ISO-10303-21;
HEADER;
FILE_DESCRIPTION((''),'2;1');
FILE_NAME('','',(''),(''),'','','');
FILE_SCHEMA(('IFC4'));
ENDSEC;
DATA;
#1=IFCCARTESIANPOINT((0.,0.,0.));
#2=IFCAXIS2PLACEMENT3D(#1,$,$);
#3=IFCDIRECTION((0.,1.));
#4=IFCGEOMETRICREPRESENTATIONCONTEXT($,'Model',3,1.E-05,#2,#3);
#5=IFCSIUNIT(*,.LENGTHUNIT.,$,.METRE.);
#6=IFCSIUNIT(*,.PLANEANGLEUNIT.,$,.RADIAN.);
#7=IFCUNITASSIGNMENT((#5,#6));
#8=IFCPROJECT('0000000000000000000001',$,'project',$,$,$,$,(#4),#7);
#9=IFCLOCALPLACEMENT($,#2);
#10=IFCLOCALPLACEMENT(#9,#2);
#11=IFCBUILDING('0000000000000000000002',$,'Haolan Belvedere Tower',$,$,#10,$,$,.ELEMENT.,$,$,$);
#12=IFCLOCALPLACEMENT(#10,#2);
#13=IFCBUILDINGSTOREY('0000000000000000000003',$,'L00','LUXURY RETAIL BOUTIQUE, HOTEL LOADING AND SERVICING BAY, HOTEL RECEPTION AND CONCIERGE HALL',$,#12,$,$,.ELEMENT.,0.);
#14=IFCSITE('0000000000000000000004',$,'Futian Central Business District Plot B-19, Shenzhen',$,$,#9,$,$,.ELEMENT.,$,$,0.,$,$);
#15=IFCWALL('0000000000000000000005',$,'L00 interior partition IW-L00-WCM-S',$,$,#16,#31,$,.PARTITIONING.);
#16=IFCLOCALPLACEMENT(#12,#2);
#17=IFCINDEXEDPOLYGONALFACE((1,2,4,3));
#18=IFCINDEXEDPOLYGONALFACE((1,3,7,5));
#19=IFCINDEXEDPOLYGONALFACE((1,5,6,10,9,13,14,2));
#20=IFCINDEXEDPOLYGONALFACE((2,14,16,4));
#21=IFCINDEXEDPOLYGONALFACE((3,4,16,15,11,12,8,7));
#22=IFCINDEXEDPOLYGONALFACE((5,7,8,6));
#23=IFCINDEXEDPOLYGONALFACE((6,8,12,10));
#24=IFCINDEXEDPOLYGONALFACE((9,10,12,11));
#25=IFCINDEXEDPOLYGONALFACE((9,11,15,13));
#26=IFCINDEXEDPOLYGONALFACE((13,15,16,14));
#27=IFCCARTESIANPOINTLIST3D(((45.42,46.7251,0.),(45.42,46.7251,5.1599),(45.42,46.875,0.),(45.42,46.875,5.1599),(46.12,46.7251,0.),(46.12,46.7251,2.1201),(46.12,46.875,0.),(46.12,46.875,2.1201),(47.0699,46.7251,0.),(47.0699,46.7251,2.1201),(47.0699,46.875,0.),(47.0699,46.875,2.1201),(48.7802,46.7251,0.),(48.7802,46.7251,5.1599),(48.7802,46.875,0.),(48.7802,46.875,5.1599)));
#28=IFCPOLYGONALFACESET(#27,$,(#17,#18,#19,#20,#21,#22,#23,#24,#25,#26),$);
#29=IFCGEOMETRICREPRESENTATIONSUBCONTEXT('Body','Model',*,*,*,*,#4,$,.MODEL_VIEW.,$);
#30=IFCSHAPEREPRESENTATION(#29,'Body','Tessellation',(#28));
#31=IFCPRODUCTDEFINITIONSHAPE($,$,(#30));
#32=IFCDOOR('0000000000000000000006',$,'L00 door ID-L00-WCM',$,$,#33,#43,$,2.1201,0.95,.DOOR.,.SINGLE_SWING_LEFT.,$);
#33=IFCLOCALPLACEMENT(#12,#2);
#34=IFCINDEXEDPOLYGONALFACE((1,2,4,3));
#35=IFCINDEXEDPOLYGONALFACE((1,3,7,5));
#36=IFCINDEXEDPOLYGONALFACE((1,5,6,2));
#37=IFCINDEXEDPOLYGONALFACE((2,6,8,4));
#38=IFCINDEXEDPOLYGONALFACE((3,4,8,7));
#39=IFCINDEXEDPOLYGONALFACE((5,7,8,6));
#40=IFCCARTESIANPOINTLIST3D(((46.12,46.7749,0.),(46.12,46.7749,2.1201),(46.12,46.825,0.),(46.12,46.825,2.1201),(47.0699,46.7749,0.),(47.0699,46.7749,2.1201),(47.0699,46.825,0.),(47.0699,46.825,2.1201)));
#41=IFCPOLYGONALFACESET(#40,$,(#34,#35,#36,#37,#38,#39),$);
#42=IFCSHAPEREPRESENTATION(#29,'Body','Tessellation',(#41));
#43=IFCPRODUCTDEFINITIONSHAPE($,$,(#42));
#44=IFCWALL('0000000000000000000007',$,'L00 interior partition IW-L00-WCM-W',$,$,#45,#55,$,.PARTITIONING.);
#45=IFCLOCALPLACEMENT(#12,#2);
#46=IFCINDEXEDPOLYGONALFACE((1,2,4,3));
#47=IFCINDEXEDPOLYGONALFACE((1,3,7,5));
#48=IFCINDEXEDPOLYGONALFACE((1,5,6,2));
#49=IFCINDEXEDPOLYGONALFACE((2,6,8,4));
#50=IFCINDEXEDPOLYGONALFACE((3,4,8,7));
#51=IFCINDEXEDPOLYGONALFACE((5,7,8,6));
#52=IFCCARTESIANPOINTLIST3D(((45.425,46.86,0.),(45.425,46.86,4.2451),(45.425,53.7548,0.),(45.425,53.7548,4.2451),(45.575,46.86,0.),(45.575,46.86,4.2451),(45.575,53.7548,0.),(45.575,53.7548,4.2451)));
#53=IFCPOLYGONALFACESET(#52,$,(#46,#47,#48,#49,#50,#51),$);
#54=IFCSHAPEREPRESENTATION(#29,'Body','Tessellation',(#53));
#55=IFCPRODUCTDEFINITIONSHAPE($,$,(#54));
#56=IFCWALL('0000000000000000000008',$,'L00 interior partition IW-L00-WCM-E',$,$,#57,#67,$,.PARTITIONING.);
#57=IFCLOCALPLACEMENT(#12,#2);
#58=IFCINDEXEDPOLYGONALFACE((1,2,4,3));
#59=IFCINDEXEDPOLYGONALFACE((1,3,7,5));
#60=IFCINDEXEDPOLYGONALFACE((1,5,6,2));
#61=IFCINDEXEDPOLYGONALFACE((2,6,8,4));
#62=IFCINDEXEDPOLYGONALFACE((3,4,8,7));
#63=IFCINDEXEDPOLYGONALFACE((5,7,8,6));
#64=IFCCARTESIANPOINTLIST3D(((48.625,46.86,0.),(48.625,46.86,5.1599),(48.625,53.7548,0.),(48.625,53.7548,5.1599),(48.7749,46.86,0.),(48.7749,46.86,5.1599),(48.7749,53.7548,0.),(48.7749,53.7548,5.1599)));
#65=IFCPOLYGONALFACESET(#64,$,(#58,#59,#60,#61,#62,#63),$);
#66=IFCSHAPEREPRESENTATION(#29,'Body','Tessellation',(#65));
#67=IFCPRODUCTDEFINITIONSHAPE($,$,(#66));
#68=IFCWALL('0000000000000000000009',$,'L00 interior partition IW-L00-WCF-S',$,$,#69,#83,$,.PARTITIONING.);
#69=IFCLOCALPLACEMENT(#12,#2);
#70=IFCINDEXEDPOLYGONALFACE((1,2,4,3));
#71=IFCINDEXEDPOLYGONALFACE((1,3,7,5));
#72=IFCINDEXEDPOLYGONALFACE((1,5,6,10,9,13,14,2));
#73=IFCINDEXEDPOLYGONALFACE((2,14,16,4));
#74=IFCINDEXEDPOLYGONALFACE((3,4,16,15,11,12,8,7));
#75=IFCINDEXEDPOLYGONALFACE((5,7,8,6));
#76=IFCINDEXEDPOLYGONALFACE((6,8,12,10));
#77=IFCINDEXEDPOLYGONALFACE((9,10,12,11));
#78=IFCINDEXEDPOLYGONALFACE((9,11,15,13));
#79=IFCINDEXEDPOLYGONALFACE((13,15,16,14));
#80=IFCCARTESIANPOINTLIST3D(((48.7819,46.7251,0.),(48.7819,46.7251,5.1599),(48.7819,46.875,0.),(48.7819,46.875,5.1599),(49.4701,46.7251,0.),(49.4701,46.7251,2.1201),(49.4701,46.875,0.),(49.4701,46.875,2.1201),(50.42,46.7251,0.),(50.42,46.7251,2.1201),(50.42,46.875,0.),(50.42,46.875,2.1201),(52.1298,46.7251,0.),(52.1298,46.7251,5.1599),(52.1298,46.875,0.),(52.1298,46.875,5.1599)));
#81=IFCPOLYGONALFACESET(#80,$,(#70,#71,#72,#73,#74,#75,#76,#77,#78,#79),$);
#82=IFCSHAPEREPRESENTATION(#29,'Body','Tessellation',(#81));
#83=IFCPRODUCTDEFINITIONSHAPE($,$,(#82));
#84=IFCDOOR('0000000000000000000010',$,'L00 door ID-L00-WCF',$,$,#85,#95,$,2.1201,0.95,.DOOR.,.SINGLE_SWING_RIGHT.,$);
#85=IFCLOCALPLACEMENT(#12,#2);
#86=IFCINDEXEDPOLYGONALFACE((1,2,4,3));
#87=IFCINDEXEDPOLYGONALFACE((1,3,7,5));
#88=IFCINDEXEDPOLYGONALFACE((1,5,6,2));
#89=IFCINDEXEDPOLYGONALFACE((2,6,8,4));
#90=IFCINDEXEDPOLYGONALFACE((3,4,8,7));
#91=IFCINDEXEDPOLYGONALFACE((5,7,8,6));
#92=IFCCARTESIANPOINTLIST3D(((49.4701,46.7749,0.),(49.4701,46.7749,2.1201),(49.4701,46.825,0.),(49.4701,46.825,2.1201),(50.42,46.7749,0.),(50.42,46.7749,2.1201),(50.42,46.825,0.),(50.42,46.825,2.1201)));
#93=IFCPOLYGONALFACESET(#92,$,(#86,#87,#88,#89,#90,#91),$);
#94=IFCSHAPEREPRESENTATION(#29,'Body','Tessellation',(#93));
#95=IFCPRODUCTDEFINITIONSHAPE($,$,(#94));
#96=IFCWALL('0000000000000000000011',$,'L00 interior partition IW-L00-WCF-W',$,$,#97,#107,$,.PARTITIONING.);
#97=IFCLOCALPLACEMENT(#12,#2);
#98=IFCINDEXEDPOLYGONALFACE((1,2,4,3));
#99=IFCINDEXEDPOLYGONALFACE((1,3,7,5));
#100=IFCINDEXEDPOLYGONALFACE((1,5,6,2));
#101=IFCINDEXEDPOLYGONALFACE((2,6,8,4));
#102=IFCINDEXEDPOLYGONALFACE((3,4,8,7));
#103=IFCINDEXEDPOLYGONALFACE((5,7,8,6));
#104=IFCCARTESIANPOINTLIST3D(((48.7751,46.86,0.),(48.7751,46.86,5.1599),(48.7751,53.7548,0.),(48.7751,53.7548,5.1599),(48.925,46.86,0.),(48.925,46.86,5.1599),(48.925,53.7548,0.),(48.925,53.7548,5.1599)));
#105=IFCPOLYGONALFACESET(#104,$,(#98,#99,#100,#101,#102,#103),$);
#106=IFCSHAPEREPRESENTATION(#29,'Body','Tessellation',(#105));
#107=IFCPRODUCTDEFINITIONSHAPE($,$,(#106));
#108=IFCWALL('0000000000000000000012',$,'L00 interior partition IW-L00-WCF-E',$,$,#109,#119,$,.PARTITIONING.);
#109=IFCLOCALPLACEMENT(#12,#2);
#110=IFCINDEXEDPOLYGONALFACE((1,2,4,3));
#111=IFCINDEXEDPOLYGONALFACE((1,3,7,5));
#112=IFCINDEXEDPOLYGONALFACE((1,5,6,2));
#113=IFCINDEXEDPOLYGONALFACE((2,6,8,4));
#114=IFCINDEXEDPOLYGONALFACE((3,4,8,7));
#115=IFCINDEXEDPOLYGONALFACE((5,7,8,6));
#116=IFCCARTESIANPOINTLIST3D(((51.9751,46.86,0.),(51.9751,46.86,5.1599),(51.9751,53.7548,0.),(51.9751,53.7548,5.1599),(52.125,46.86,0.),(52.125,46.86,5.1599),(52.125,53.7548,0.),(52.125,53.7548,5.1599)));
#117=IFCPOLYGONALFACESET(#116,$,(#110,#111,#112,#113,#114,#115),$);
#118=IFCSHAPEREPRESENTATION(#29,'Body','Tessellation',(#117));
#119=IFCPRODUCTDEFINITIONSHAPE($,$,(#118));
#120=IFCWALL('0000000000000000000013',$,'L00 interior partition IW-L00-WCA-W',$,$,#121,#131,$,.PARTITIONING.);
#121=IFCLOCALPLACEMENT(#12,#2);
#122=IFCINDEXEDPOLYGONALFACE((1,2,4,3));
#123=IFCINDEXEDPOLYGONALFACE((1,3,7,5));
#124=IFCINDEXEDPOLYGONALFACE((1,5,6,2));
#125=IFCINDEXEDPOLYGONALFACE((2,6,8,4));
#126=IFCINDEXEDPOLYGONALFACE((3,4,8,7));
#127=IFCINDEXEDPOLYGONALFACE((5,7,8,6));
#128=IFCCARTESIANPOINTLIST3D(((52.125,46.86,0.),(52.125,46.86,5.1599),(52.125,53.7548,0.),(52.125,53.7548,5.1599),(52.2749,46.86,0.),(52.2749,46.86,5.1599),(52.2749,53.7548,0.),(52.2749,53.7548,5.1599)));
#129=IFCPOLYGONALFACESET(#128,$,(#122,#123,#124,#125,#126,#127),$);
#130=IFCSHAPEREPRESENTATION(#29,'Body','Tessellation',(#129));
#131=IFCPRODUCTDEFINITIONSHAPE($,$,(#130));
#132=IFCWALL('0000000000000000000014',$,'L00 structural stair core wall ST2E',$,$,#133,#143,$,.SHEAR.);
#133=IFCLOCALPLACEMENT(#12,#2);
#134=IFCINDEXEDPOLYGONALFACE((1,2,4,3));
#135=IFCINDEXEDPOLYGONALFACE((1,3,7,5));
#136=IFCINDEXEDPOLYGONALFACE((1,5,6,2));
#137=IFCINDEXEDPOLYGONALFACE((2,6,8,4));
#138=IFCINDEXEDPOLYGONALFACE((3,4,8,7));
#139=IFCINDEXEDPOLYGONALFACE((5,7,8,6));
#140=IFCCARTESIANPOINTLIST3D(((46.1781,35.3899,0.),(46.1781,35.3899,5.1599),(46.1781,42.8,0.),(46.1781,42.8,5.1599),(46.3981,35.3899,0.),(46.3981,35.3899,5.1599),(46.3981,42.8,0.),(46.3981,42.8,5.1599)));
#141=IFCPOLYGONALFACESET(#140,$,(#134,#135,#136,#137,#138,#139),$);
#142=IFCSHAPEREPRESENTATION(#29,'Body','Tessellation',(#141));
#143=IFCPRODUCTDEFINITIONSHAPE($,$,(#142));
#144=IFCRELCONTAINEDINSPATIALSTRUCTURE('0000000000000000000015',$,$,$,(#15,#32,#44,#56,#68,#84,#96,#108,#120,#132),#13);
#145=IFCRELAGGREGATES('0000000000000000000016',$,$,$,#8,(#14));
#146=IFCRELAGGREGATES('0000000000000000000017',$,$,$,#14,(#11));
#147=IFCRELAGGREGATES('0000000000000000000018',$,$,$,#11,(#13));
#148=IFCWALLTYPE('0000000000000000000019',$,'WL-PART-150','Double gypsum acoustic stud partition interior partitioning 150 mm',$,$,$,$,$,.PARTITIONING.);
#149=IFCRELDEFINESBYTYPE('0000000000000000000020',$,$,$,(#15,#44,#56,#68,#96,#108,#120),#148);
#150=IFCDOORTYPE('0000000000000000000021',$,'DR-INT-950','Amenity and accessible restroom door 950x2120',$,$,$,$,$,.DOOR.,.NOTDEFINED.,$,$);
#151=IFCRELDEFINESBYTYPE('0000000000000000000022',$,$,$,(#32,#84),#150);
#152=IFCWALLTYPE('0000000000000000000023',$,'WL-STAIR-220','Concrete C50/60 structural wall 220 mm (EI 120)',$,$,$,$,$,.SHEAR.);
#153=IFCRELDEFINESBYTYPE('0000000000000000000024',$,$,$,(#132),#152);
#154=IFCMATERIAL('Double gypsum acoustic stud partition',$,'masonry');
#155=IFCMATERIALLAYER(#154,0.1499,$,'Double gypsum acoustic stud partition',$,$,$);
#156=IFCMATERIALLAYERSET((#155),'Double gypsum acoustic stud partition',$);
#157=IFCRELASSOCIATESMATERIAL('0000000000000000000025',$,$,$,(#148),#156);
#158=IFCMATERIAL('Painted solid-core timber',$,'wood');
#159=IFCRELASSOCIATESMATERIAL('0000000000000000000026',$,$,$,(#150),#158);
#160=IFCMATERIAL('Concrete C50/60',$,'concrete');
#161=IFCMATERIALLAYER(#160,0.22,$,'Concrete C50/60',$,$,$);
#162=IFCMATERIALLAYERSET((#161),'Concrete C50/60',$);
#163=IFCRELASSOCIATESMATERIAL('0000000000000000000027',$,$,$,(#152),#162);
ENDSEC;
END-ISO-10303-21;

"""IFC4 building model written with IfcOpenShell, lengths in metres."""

from ifc_helpers import new_model, si_unit, direction, frame, frame_2d, origin, place, context, subcontext, project, spatial, rectangle, extrude, material, layer, layer_set, type_object, element, fill, save


model = new_model("IFC4")

# Units and contexts
model_context = context("Model", 3, precision=1e-05, world=origin(), true_north=direction((0.0, 1.0)))
body_context = subcontext(model_context, "Body", "Model", "MODEL_VIEW")
ifc_project = project(units=[si_unit("LENGTHUNIT", "METRE"), si_unit("PLANEANGLEUNIT", "RADIAN")], contexts=[model_context])

# Site, building, storey
site_placement = place(None, origin())
site = spatial("IfcSite", under=ifc_project, at=site_placement, Name="Futian Central Business District Plot B-19, Shenzhen", CompositionType="ELEMENT", RefElevation=0.0)
building_placement = place(site_placement, origin())
building = spatial("IfcBuilding", under=site, at=building_placement, Name="Haolan Belvedere Tower", CompositionType="ELEMENT")
storey_placement = place(building_placement, origin())
storey = spatial("IfcBuildingStorey", under=building, at=storey_placement, Name="L00", Description="LUXURY RETAIL BOUTIQUE, HOTEL LOADING AND SERVICING BAY, HOTEL RECEPTION AND CONCIERGE HALL", CompositionType="ELEMENT", Elevation=0.0)

# Wall, opening, door
ifc_material_1 = material(Name="Double gypsum acoustic stud partition", Category="masonry")
ifc_layer_1 = layer(ifc_material_1, 0.1499, Name="Double gypsum acoustic stud partition")
ifc_layer_set_1 = layer_set([ifc_layer_1], Name="Double gypsum acoustic stud partition")
wall_type_1 = type_object("IfcWallType", Name="WL-PART-150", Description="Double gypsum acoustic stud partition interior partitioning 150 mm", PredefinedType="PARTITIONING", material=ifc_layer_set_1)
wall_1_placement = place(storey_placement, frame((45.4199, 46.8, 0.0), z_axis=(0.0, 0.0, 1.0), x_axis=(1.0, 0.0, 0.0)))
wall_1 = element("IfcWall", 1, at=wall_1_placement, inside=storey, type_object=wall_type_1, Name="L00 interior partition IW-L00-WCM-S", PredefinedType="PARTITIONING", context=body_context, shape_type="SweptSolid", body=[
    extrude(rectangle(XDim=3.3601, YDim=0.1499, at=frame_2d((1.6802, 0.0))), origin(), (0.0, 0.0, 1.0), 5.1599),
])
opening_1_placement = place(wall_1_placement, frame((0.7, 0.0, 0.0)))
opening_1 = element("IfcOpeningElement", 2, at=opening_1_placement, cuts=wall_1, PredefinedType="OPENING", context=body_context, shape_type="SweptSolid", body=[
    extrude(rectangle(XDim=0.95, YDim=2.1201, at=frame_2d((0.4751, 1.0601))), frame((0.0, 0.085, 0.0), z_axis=(0.0, -1.0, 0.0), x_axis=(1.0, 0.0, 0.0)), (0.0, 0.0, 1.0), 0.1699),
])
ifc_material_2 = material(Name="Painted solid-core timber", Category="wood")
door_type = type_object("IfcDoorType", Name="DR-INT-950", Description="Amenity and accessible restroom door 950x2120", OperationType="NOTDEFINED", PredefinedType="DOOR", material=ifc_material_2)
door_1_placement = place(opening_1_placement, origin())
door_1 = element("IfcDoor", 3, at=door_1_placement, inside=storey, type_object=door_type, Name="L00 door ID-L00-WCM", OperationType="SINGLE_SWING_LEFT", OverallHeight=2.1201, OverallWidth=0.95, PredefinedType="DOOR", context=body_context, shape_type="SweptSolid", body=[
    extrude(rectangle(XDim=0.95, YDim=2.1201, at=frame_2d((0.4751, 1.0601))), frame((0.0, 0.0249, 0.0), z_axis=(0.0, -1.0, 0.0), x_axis=(1.0, 0.0, 0.0)), (0.0, 0.0, 1.0), 0.05),
])
fill(opening_1, door_1)

# Walls
wall_2_placement = place(storey_placement, frame((45.5, 46.8601, 0.0), z_axis=(0.0, 0.0, 1.0), x_axis=(0.0, 1.0, 0.0)))
element("IfcWall", 4, at=wall_2_placement, inside=storey, type_object=wall_type_1, Name="L00 interior partition IW-L00-WCM-W", PredefinedType="PARTITIONING", context=body_context, shape_type="SweptSolid", body=[
    extrude(rectangle(XDim=6.8948, YDim=0.1499, at=frame_2d((3.4473, 0.0))), origin(), (0.0, 0.0, 1.0), 4.2451),
])
wall_3_placement = place(storey_placement, frame((48.7, 46.8601, 0.0), z_axis=(0.0, 0.0, 1.0), x_axis=(0.0, 1.0, 0.0)))
element("IfcWall", 5, at=wall_3_placement, inside=storey, type_object=wall_type_1, Name="L00 interior partition IW-L00-WCM-E", PredefinedType="PARTITIONING", context=body_context, shape_type="SweptSolid", body=[
    extrude(rectangle(XDim=6.8948, YDim=0.1499, at=frame_2d((3.4473, 0.0))), origin(), (0.0, 0.0, 1.0), 5.1599),
])

# Wall, opening, door
wall_4_placement = place(storey_placement, frame((48.782, 46.8, 0.0), z_axis=(0.0, 0.0, 1.0), x_axis=(1.0, 0.0, 0.0)))
wall_4 = element("IfcWall", 6, at=wall_4_placement, inside=storey, type_object=wall_type_1, Name="L00 interior partition IW-L00-WCF-S", PredefinedType="PARTITIONING", context=body_context, shape_type="SweptSolid", body=[
    extrude(rectangle(XDim=3.3479, YDim=0.1499, at=frame_2d((1.6738, 0.0))), origin(), (0.0, 0.0, 1.0), 5.1599),
])
opening_2_placement = place(wall_4_placement, frame((0.688, 0.0, 0.0)))
opening_2 = element("IfcOpeningElement", 7, at=opening_2_placement, cuts=wall_4, PredefinedType="OPENING", context=body_context, shape_type="SweptSolid", body=[
    extrude(rectangle(XDim=0.95, YDim=2.1201, at=frame_2d((0.4751, 1.0601))), frame((0.0, 0.085, 0.0), z_axis=(0.0, -1.0, 0.0), x_axis=(1.0, 0.0, 0.0)), (0.0, 0.0, 1.0), 0.1699),
])
door_2_placement = place(opening_2_placement, origin())
door_2 = element("IfcDoor", 8, at=door_2_placement, inside=storey, type_object=door_type, Name="L00 door ID-L00-WCF", OperationType="SINGLE_SWING_RIGHT", OverallHeight=2.1201, OverallWidth=0.95, PredefinedType="DOOR", context=body_context, shape_type="SweptSolid", body=[
    extrude(rectangle(XDim=0.95, YDim=2.1201, at=frame_2d((0.4751, 1.0601))), frame((0.0, 0.0249, 0.0), z_axis=(0.0, -1.0, 0.0), x_axis=(1.0, 0.0, 0.0)), (0.0, 0.0, 1.0), 0.05),
])
fill(opening_2, door_2)

# Walls
for number, where, z_axis, x_axis, name in (
    (9, (48.8501, 46.8601, 0.0), (0.0, 0.0, 1.0), (0.0, 1.0, 0.0), "L00 interior partition IW-L00-WCF-W"),
    (10, (52.05, 46.8601, 0.0), (0.0, 0.0, 1.0), (0.0, 1.0, 0.0), "L00 interior partition IW-L00-WCF-E"),
):
    element("IfcWall", number, at=place(storey_placement, frame(where, z_axis=z_axis, x_axis=x_axis)), inside=storey, type_object=wall_type_1, Name=name, PredefinedType="PARTITIONING", context=body_context, shape_type="SweptSolid", body=[
        extrude(rectangle(XDim=6.8948, YDim=0.1499, at=frame_2d((3.4473, 0.0))), origin(), (0.0, 0.0, 1.0), 5.1599),
    ])

# Walls
wall_5_placement = place(storey_placement, frame((52.2, 46.8601, 0.0), z_axis=(0.0, 0.0, 1.0), x_axis=(0.0, 1.0, 0.0)))
element("IfcWall", 11, at=wall_5_placement, inside=storey, type_object=wall_type_1, Name="L00 interior partition IW-L00-WCA-W", PredefinedType="PARTITIONING", context=body_context, shape_type="SweptSolid", body=[
    extrude(rectangle(XDim=6.8948, YDim=0.1499, at=frame_2d((3.4473, 0.0))), origin(), (0.0, 0.0, 1.0), 5.1599),
])
ifc_material_3 = material(Name="Concrete C50/60", Category="concrete")
ifc_layer_2 = layer(ifc_material_3, 0.22, Name="Concrete C50/60")
ifc_layer_set_2 = layer_set([ifc_layer_2], Name="Concrete C50/60")
wall_type_2 = type_object("IfcWallType", Name="WL-STAIR-220", Description="Concrete C50/60 structural wall 220 mm (EI 120)", PredefinedType="SHEAR", material=ifc_layer_set_2)
wall_6_placement = place(storey_placement, frame((46.2881, 35.3899, 0.0), z_axis=(0.0, 0.0, 1.0), x_axis=(0.0, 1.0, 0.0)))
element("IfcWall", 12, at=wall_6_placement, inside=storey, type_object=wall_type_2, Name="L00 structural stair core wall ST2E", PredefinedType="SHEAR", context=body_context, shape_type="SweptSolid", body=[
    extrude(rectangle(XDim=7.4102, YDim=0.22, at=frame_2d((3.7051, 0.0))), origin(), (0.0, 0.0, 1.0), 5.1599),
])

save(model, "model.ifc")
